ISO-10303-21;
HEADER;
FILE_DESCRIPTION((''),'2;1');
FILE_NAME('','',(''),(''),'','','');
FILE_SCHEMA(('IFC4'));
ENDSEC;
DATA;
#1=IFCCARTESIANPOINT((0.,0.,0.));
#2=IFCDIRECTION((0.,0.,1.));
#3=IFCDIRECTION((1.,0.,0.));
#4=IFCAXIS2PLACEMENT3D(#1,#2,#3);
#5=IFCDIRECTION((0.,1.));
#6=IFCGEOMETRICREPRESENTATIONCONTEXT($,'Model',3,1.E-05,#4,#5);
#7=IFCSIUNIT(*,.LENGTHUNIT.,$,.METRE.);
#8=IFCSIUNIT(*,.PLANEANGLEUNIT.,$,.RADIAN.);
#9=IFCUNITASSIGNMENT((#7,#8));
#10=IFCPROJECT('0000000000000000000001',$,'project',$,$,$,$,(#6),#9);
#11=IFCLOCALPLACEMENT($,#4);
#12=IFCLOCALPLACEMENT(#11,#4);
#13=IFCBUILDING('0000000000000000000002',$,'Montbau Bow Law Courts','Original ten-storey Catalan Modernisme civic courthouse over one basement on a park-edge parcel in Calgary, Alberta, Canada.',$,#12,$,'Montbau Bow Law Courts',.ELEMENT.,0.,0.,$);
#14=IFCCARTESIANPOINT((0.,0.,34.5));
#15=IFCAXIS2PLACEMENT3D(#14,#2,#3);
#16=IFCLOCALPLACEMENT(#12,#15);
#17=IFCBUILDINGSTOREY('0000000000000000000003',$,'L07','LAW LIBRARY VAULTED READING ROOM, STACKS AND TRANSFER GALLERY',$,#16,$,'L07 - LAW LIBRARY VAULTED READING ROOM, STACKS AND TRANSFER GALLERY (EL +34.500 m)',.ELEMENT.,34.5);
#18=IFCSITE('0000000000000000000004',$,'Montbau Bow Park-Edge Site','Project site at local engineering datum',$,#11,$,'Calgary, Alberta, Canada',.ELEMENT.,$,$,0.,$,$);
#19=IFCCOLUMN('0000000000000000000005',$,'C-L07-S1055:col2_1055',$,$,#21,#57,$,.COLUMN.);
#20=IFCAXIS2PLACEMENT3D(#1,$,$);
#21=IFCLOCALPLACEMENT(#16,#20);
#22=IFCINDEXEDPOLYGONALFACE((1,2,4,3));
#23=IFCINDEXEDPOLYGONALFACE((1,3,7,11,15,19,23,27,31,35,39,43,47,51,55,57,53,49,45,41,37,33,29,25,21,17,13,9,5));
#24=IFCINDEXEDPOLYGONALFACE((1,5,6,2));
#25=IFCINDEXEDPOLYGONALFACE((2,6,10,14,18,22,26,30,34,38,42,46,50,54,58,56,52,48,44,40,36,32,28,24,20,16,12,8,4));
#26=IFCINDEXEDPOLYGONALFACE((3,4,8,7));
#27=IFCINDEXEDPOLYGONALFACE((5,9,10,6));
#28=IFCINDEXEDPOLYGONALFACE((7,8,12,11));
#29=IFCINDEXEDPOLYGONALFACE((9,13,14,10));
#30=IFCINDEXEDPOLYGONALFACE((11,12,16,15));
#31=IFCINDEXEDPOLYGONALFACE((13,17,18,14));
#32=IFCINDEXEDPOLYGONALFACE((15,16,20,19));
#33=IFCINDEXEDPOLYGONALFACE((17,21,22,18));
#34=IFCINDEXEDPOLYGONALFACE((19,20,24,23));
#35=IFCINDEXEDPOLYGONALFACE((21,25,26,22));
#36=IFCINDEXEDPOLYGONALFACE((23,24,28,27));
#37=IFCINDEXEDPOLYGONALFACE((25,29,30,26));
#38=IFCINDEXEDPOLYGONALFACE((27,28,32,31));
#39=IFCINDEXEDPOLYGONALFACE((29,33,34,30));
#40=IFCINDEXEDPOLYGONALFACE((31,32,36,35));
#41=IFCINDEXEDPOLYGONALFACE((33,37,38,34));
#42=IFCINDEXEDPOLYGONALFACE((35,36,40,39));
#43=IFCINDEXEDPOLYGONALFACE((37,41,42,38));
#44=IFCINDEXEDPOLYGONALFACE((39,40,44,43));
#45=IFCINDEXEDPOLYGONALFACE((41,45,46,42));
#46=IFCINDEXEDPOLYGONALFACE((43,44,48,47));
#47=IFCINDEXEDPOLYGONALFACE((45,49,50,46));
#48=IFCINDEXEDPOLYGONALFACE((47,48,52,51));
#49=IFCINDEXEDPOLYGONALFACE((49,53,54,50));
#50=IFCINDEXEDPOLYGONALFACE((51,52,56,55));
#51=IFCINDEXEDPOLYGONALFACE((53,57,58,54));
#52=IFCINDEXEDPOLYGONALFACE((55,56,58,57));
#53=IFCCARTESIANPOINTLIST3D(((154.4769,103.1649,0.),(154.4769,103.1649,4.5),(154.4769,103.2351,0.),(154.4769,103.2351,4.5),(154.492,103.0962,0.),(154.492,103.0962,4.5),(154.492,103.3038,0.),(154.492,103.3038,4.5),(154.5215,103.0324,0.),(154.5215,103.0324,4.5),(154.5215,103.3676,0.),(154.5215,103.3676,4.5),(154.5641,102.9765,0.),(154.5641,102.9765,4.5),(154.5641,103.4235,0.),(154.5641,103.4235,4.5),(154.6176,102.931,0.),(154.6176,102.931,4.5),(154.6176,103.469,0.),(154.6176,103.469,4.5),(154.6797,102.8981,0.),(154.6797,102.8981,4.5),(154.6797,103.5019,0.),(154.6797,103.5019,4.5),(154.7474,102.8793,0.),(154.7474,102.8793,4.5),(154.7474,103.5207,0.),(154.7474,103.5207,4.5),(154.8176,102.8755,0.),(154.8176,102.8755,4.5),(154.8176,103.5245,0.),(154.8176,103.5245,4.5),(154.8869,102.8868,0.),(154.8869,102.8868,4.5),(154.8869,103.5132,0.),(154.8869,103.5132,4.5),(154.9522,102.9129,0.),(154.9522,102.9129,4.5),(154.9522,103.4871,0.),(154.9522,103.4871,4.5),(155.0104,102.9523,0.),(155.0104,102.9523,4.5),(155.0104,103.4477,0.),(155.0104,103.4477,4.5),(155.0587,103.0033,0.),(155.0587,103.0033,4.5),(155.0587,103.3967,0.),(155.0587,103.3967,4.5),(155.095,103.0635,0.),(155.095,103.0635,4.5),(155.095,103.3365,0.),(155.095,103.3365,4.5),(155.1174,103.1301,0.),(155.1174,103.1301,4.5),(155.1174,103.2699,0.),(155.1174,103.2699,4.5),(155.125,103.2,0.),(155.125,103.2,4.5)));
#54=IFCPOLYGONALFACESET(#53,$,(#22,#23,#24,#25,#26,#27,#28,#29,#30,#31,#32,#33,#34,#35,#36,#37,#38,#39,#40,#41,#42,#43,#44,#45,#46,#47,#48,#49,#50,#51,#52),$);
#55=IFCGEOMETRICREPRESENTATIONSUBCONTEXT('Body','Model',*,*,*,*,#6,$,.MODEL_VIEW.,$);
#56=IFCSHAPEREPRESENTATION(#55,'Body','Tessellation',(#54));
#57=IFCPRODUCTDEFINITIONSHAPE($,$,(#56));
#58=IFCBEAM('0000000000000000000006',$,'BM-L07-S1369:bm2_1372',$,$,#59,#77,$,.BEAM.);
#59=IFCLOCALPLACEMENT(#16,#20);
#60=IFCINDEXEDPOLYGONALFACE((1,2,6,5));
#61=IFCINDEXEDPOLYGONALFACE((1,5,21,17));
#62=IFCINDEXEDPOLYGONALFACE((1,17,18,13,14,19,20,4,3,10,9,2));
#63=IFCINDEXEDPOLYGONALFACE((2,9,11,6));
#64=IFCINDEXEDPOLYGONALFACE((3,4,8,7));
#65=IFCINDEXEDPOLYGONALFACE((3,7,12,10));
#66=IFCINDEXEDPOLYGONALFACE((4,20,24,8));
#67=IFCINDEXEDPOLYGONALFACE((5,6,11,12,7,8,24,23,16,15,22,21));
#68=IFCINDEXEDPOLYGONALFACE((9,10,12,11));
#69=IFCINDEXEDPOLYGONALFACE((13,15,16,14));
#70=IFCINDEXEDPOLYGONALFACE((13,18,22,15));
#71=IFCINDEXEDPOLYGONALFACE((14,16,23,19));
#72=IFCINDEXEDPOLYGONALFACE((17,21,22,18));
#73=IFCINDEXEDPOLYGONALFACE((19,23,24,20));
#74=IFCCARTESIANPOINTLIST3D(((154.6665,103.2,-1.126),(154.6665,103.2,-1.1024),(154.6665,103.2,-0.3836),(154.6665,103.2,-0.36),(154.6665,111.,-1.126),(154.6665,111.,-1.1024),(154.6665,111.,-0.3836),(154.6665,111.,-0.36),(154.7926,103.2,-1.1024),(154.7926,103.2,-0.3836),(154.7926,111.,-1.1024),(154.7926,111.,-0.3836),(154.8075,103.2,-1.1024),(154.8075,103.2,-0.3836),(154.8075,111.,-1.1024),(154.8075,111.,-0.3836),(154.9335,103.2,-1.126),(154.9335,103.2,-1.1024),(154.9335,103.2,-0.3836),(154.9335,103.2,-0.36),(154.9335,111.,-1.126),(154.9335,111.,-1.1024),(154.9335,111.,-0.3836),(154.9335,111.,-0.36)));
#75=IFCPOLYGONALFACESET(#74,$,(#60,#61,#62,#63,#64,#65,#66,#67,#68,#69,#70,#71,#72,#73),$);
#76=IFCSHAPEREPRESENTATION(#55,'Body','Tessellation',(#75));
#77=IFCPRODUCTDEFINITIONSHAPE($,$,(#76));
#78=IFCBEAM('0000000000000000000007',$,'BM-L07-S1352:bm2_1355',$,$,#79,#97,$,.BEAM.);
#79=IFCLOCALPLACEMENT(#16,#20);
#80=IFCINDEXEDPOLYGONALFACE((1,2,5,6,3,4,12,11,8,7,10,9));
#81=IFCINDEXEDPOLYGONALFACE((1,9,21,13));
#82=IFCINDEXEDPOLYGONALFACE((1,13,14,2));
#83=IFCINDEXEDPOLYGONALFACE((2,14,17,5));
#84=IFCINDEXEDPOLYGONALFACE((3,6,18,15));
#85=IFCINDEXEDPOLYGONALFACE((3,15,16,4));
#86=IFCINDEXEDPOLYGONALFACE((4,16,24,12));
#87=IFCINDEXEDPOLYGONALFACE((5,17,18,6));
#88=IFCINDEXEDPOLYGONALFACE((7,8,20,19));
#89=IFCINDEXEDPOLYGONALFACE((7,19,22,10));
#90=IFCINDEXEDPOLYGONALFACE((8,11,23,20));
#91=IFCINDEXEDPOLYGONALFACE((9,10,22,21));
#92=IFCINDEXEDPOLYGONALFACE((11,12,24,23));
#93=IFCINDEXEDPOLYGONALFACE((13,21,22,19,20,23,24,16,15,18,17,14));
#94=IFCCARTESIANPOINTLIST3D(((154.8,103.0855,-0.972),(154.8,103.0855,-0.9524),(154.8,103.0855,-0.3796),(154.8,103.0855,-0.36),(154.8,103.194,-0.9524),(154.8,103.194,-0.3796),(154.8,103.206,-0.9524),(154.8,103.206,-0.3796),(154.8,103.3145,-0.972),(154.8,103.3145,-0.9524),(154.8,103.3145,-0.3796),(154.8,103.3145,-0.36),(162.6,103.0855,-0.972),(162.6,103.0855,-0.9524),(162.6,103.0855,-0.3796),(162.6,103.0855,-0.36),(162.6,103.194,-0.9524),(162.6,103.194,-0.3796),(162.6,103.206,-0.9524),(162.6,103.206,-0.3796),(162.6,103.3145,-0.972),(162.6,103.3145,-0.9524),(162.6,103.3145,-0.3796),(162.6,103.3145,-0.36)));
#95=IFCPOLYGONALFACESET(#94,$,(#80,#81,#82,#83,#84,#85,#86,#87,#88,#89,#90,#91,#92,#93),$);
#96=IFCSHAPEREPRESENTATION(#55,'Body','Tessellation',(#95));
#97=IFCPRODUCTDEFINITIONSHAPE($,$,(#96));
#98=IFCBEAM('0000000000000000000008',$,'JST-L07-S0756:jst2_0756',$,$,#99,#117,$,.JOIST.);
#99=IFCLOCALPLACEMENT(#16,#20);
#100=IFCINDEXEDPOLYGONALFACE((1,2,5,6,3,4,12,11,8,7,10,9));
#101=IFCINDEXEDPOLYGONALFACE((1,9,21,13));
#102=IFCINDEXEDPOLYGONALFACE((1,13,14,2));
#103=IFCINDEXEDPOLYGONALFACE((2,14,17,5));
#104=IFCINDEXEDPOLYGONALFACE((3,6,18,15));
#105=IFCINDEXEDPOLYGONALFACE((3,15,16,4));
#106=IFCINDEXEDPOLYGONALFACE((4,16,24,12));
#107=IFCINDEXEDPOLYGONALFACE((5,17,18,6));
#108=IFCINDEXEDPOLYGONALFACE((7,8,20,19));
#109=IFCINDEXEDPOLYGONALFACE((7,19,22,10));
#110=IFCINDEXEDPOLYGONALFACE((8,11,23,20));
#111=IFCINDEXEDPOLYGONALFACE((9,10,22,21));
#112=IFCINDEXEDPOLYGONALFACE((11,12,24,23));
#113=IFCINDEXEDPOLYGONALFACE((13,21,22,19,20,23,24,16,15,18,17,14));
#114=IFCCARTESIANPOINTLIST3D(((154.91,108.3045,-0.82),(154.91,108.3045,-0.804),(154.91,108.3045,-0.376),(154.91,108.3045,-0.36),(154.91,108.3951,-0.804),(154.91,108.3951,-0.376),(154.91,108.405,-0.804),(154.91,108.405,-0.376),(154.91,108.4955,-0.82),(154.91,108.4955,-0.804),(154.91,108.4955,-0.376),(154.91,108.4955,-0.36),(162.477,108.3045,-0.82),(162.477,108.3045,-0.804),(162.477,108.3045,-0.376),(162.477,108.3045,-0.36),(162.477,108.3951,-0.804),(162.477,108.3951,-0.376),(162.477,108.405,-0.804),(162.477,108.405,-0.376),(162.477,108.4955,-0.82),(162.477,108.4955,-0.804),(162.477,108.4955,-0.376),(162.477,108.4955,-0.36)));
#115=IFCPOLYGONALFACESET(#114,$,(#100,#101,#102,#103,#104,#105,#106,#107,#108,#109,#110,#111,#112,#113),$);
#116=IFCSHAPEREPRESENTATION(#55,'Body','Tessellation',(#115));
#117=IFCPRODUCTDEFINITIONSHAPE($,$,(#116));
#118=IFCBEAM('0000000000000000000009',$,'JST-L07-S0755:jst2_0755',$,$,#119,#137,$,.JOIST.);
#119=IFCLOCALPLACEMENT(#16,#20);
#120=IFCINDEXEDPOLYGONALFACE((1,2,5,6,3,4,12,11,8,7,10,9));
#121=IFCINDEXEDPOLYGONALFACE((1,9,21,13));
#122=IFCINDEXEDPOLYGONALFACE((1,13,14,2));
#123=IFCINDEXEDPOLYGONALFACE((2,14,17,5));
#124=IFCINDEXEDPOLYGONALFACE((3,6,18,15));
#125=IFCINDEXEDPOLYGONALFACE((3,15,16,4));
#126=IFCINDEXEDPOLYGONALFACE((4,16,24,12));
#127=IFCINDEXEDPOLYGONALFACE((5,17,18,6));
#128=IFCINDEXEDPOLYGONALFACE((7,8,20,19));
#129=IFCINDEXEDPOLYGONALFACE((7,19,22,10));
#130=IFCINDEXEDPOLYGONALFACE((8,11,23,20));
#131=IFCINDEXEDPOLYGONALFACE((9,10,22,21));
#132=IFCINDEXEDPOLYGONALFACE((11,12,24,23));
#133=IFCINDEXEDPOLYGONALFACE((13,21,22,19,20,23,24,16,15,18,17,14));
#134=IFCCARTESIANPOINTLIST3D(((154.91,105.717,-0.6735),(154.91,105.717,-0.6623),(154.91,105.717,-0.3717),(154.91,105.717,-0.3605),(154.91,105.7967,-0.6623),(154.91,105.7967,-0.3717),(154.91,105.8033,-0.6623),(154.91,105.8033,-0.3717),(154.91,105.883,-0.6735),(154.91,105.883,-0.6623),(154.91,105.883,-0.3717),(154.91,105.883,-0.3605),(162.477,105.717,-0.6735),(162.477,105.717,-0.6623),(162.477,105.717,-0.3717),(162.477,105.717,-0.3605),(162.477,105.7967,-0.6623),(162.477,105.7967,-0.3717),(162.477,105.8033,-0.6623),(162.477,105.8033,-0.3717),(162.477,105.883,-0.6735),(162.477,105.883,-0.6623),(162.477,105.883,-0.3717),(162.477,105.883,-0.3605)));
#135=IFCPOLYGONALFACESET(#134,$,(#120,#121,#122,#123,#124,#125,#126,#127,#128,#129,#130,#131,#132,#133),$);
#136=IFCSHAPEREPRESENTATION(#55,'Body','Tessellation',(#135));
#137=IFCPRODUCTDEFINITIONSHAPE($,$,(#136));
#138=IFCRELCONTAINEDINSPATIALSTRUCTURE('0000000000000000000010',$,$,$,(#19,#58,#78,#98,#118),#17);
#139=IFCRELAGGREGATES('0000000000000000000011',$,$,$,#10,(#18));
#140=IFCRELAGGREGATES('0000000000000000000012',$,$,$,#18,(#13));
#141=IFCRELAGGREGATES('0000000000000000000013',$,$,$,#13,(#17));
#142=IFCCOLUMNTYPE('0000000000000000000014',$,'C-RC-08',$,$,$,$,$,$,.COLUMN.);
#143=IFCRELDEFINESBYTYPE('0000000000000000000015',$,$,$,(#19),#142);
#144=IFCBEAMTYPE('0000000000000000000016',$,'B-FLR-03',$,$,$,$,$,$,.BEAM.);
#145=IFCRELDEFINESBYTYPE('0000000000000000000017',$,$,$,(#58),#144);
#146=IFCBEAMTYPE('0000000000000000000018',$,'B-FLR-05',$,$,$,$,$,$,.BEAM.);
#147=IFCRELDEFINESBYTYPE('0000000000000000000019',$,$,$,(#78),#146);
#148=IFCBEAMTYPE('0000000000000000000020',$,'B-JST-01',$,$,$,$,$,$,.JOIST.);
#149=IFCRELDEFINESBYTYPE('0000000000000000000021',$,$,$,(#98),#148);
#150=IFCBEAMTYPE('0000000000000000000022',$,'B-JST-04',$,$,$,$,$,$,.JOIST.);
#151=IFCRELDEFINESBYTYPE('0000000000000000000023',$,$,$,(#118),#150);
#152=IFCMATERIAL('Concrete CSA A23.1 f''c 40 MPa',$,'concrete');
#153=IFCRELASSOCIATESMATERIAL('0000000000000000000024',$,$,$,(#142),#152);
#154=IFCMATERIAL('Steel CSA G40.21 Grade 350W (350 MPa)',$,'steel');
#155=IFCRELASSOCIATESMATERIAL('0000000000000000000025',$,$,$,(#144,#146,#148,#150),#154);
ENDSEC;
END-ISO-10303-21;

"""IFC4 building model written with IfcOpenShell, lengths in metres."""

from ifc_helpers import new_model, si_unit, direction, frame, origin_with_axes, origin_2d_with_axis, place, context, subcontext, project, spatial, circle, i_section, extrude, material, material_profile, profile_set, type_object, element, save


model = new_model("IFC4")

# Units and contexts
model_context = context("Model", 3, precision=1e-05, world=origin_with_axes(), true_north=direction((0.0, 1.0)))
body_context = subcontext(model_context, "Body", "Model", "MODEL_VIEW")
ifc_project = project(units=[si_unit("LENGTHUNIT", "METRE"), si_unit("PLANEANGLEUNIT", "RADIAN")], contexts=[model_context])

# Site, building, storey
site_placement = place(None, origin_with_axes())
site = spatial("IfcSite", under=ifc_project, at=site_placement, Name="Montbau Bow Park-Edge Site", Description="Project site at local engineering datum", LongName="Calgary, Alberta, Canada", CompositionType="ELEMENT", RefElevation=0.0)
building_placement = place(site_placement, origin_with_axes())
building = spatial("IfcBuilding", under=site, at=building_placement, Name="Montbau Bow Law Courts", Description="Original ten-storey Catalan Modernisme civic courthouse over one basement on a park-edge parcel in Calgary, Alberta, Canada.", LongName="Montbau Bow Law Courts", CompositionType="ELEMENT", ElevationOfRefHeight=0.0, ElevationOfTerrain=0.0)
storey_placement = place(building_placement, frame((0.0, 0.0, 34.5), z_axis=(0.0, 0.0, 1.0), x_axis=(1.0, 0.0, 0.0)))
storey = spatial("IfcBuildingStorey", under=building, at=storey_placement, Name="L07", Description="LAW LIBRARY VAULTED READING ROOM, STACKS AND TRANSFER GALLERY", LongName="L07 - LAW LIBRARY VAULTED READING ROOM, STACKS AND TRANSFER GALLERY (EL +34.500 m)", CompositionType="ELEMENT", Elevation=34.5)

# Column
ifc_material_1 = material(Name="Concrete CSA A23.1 f'c 40 MPa", Category="concrete")
ifc_material_profile_1 = material_profile(ifc_material_1, circle(Radius=0.325, at=origin_2d_with_axis()), Name="RC650D", Category="Main", Priority=0)
ifc_profile_set_1 = profile_set([ifc_material_profile_1], Name="Concrete CSA A23.1 f'c 40 MPa")
column_type = type_object("IfcColumnType", Name="C-RC-08", PredefinedType="COLUMN", material=ifc_profile_set_1)
column_placement = place(None, frame((154.8, 103.2, 34.5), z_axis=(0.0, 0.0, 1.0), x_axis=(1.0, 0.0, 0.0)))
element("IfcColumn", 1, at=column_placement, inside=storey, type_object=column_type, Name="C-L07-S1055:col2_1055", PredefinedType="COLUMN", context=body_context, shape_type="SweptSolid", body=[
    extrude(circle(Radius=0.325, at=origin_2d_with_axis()), origin_with_axes(), (0.0, 0.0, 1.0), 4.5),
])

# Beams
ifc_material_2 = material(Name="Steel CSA G40.21 Grade 350W (350 MPa)", Category="steel")
ifc_material_profile_2 = material_profile(ifc_material_2, i_section(OverallWidth=0.267, OverallDepth=0.766, WebThickness=0.0149, FlangeThickness=0.0236, at=origin_2d_with_axis()), Name="W760X185", Category="Main", Priority=0)
ifc_profile_set_2 = profile_set([ifc_material_profile_2], Name="Steel CSA G40.21 Grade 350W (350 MPa)")
beam_type_1 = type_object("IfcBeamType", Name="B-FLR-03", PredefinedType="BEAM", material=ifc_profile_set_2)
beam_1_placement = place(None, frame((154.8, 103.2, 33.757), z_axis=(0.0, 1.0, 0.0), x_axis=(-1.0, 0.0, 0.0)))
element("IfcBeam", 2, at=beam_1_placement, inside=storey, type_object=beam_type_1, Name="BM-L07-S1369:bm2_1372", PredefinedType="BEAM", context=body_context, shape_type="SweptSolid", body=[
    extrude(i_section(OverallWidth=0.267, OverallDepth=0.766, WebThickness=0.0149, FlangeThickness=0.0236, at=origin_2d_with_axis()), origin_with_axes(), (0.0, 0.0, 1.0), 7.8),
])
ifc_material_profile_3 = material_profile(ifc_material_2, i_section(OverallWidth=0.229, OverallDepth=0.612, WebThickness=0.0119, FlangeThickness=0.0196, at=origin_2d_with_axis()), Name="W610X125", Category="Main", Priority=0)
ifc_profile_set_3 = profile_set([ifc_material_profile_3], Name="Steel CSA G40.21 Grade 350W (350 MPa)")
beam_type_2 = type_object("IfcBeamType", Name="B-FLR-05", PredefinedType="BEAM", material=ifc_profile_set_3)
beam_2_placement = place(None, frame((154.8, 103.2, 33.834), z_axis=(1.0, 0.0, 0.0), x_axis=(0.0, 1.0, 0.0)))
element("IfcBeam", 3, at=beam_2_placement, inside=storey, type_object=beam_type_2, Name="BM-L07-S1352:bm2_1355", PredefinedType="BEAM", context=body_context, shape_type="SweptSolid", body=[
    extrude(i_section(OverallWidth=0.229, OverallDepth=0.612, WebThickness=0.0119, FlangeThickness=0.0196, at=origin_2d_with_axis()), origin_with_axes(), (0.0, 0.0, 1.0), 7.8),
])
ifc_material_profile_4 = material_profile(ifc_material_2, i_section(OverallWidth=0.191, OverallDepth=0.46, WebThickness=0.0099, FlangeThickness=0.016, at=origin_2d_with_axis()), Name="W460X82", Category="Main", Priority=0)
ifc_profile_set_4 = profile_set([ifc_material_profile_4], Name="Steel CSA G40.21 Grade 350W (350 MPa)")
beam_type_3 = type_object("IfcBeamType", Name="B-JST-01", PredefinedType="JOIST", material=ifc_profile_set_4)
beam_3_placement = place(None, frame((154.91, 108.4, 33.91), z_axis=(1.0, 0.0, 0.0), x_axis=(0.0, 1.0, 0.0)))
element("IfcBeam", 4, at=beam_3_placement, inside=storey, type_object=beam_type_3, Name="JST-L07-S0756:jst2_0756", PredefinedType="JOIST", context=body_context, shape_type="SweptSolid", body=[
    extrude(i_section(OverallWidth=0.191, OverallDepth=0.46, WebThickness=0.0099, FlangeThickness=0.016, at=origin_2d_with_axis()), origin_with_axes(), (0.0, 0.0, 1.0), 7.567),
])
ifc_material_profile_5 = material_profile(ifc_material_2, i_section(OverallWidth=0.166, OverallDepth=0.313, WebThickness=0.0066, FlangeThickness=0.0112, at=origin_2d_with_axis()), Name="W310X45", Category="Main", Priority=0)
ifc_profile_set_5 = profile_set([ifc_material_profile_5], Name="Steel CSA G40.21 Grade 350W (350 MPa)")
beam_type_4 = type_object("IfcBeamType", Name="B-JST-04", PredefinedType="JOIST", material=ifc_profile_set_5)
beam_4_placement = place(None, frame((154.91, 105.8, 33.983), z_axis=(1.0, 0.0, 0.0), x_axis=(0.0, 1.0, 0.0)))
element("IfcBeam", 5, at=beam_4_placement, inside=storey, type_object=beam_type_4, Name="JST-L07-S0755:jst2_0755", PredefinedType="JOIST", context=body_context, shape_type="SweptSolid", body=[
    extrude(i_section(OverallWidth=0.166, OverallDepth=0.313, WebThickness=0.0066, FlangeThickness=0.0112, at=origin_2d_with_axis()), origin_with_axes(), (0.0, 0.0, 1.0), 7.567),
])

save(model, "model.ifc")
